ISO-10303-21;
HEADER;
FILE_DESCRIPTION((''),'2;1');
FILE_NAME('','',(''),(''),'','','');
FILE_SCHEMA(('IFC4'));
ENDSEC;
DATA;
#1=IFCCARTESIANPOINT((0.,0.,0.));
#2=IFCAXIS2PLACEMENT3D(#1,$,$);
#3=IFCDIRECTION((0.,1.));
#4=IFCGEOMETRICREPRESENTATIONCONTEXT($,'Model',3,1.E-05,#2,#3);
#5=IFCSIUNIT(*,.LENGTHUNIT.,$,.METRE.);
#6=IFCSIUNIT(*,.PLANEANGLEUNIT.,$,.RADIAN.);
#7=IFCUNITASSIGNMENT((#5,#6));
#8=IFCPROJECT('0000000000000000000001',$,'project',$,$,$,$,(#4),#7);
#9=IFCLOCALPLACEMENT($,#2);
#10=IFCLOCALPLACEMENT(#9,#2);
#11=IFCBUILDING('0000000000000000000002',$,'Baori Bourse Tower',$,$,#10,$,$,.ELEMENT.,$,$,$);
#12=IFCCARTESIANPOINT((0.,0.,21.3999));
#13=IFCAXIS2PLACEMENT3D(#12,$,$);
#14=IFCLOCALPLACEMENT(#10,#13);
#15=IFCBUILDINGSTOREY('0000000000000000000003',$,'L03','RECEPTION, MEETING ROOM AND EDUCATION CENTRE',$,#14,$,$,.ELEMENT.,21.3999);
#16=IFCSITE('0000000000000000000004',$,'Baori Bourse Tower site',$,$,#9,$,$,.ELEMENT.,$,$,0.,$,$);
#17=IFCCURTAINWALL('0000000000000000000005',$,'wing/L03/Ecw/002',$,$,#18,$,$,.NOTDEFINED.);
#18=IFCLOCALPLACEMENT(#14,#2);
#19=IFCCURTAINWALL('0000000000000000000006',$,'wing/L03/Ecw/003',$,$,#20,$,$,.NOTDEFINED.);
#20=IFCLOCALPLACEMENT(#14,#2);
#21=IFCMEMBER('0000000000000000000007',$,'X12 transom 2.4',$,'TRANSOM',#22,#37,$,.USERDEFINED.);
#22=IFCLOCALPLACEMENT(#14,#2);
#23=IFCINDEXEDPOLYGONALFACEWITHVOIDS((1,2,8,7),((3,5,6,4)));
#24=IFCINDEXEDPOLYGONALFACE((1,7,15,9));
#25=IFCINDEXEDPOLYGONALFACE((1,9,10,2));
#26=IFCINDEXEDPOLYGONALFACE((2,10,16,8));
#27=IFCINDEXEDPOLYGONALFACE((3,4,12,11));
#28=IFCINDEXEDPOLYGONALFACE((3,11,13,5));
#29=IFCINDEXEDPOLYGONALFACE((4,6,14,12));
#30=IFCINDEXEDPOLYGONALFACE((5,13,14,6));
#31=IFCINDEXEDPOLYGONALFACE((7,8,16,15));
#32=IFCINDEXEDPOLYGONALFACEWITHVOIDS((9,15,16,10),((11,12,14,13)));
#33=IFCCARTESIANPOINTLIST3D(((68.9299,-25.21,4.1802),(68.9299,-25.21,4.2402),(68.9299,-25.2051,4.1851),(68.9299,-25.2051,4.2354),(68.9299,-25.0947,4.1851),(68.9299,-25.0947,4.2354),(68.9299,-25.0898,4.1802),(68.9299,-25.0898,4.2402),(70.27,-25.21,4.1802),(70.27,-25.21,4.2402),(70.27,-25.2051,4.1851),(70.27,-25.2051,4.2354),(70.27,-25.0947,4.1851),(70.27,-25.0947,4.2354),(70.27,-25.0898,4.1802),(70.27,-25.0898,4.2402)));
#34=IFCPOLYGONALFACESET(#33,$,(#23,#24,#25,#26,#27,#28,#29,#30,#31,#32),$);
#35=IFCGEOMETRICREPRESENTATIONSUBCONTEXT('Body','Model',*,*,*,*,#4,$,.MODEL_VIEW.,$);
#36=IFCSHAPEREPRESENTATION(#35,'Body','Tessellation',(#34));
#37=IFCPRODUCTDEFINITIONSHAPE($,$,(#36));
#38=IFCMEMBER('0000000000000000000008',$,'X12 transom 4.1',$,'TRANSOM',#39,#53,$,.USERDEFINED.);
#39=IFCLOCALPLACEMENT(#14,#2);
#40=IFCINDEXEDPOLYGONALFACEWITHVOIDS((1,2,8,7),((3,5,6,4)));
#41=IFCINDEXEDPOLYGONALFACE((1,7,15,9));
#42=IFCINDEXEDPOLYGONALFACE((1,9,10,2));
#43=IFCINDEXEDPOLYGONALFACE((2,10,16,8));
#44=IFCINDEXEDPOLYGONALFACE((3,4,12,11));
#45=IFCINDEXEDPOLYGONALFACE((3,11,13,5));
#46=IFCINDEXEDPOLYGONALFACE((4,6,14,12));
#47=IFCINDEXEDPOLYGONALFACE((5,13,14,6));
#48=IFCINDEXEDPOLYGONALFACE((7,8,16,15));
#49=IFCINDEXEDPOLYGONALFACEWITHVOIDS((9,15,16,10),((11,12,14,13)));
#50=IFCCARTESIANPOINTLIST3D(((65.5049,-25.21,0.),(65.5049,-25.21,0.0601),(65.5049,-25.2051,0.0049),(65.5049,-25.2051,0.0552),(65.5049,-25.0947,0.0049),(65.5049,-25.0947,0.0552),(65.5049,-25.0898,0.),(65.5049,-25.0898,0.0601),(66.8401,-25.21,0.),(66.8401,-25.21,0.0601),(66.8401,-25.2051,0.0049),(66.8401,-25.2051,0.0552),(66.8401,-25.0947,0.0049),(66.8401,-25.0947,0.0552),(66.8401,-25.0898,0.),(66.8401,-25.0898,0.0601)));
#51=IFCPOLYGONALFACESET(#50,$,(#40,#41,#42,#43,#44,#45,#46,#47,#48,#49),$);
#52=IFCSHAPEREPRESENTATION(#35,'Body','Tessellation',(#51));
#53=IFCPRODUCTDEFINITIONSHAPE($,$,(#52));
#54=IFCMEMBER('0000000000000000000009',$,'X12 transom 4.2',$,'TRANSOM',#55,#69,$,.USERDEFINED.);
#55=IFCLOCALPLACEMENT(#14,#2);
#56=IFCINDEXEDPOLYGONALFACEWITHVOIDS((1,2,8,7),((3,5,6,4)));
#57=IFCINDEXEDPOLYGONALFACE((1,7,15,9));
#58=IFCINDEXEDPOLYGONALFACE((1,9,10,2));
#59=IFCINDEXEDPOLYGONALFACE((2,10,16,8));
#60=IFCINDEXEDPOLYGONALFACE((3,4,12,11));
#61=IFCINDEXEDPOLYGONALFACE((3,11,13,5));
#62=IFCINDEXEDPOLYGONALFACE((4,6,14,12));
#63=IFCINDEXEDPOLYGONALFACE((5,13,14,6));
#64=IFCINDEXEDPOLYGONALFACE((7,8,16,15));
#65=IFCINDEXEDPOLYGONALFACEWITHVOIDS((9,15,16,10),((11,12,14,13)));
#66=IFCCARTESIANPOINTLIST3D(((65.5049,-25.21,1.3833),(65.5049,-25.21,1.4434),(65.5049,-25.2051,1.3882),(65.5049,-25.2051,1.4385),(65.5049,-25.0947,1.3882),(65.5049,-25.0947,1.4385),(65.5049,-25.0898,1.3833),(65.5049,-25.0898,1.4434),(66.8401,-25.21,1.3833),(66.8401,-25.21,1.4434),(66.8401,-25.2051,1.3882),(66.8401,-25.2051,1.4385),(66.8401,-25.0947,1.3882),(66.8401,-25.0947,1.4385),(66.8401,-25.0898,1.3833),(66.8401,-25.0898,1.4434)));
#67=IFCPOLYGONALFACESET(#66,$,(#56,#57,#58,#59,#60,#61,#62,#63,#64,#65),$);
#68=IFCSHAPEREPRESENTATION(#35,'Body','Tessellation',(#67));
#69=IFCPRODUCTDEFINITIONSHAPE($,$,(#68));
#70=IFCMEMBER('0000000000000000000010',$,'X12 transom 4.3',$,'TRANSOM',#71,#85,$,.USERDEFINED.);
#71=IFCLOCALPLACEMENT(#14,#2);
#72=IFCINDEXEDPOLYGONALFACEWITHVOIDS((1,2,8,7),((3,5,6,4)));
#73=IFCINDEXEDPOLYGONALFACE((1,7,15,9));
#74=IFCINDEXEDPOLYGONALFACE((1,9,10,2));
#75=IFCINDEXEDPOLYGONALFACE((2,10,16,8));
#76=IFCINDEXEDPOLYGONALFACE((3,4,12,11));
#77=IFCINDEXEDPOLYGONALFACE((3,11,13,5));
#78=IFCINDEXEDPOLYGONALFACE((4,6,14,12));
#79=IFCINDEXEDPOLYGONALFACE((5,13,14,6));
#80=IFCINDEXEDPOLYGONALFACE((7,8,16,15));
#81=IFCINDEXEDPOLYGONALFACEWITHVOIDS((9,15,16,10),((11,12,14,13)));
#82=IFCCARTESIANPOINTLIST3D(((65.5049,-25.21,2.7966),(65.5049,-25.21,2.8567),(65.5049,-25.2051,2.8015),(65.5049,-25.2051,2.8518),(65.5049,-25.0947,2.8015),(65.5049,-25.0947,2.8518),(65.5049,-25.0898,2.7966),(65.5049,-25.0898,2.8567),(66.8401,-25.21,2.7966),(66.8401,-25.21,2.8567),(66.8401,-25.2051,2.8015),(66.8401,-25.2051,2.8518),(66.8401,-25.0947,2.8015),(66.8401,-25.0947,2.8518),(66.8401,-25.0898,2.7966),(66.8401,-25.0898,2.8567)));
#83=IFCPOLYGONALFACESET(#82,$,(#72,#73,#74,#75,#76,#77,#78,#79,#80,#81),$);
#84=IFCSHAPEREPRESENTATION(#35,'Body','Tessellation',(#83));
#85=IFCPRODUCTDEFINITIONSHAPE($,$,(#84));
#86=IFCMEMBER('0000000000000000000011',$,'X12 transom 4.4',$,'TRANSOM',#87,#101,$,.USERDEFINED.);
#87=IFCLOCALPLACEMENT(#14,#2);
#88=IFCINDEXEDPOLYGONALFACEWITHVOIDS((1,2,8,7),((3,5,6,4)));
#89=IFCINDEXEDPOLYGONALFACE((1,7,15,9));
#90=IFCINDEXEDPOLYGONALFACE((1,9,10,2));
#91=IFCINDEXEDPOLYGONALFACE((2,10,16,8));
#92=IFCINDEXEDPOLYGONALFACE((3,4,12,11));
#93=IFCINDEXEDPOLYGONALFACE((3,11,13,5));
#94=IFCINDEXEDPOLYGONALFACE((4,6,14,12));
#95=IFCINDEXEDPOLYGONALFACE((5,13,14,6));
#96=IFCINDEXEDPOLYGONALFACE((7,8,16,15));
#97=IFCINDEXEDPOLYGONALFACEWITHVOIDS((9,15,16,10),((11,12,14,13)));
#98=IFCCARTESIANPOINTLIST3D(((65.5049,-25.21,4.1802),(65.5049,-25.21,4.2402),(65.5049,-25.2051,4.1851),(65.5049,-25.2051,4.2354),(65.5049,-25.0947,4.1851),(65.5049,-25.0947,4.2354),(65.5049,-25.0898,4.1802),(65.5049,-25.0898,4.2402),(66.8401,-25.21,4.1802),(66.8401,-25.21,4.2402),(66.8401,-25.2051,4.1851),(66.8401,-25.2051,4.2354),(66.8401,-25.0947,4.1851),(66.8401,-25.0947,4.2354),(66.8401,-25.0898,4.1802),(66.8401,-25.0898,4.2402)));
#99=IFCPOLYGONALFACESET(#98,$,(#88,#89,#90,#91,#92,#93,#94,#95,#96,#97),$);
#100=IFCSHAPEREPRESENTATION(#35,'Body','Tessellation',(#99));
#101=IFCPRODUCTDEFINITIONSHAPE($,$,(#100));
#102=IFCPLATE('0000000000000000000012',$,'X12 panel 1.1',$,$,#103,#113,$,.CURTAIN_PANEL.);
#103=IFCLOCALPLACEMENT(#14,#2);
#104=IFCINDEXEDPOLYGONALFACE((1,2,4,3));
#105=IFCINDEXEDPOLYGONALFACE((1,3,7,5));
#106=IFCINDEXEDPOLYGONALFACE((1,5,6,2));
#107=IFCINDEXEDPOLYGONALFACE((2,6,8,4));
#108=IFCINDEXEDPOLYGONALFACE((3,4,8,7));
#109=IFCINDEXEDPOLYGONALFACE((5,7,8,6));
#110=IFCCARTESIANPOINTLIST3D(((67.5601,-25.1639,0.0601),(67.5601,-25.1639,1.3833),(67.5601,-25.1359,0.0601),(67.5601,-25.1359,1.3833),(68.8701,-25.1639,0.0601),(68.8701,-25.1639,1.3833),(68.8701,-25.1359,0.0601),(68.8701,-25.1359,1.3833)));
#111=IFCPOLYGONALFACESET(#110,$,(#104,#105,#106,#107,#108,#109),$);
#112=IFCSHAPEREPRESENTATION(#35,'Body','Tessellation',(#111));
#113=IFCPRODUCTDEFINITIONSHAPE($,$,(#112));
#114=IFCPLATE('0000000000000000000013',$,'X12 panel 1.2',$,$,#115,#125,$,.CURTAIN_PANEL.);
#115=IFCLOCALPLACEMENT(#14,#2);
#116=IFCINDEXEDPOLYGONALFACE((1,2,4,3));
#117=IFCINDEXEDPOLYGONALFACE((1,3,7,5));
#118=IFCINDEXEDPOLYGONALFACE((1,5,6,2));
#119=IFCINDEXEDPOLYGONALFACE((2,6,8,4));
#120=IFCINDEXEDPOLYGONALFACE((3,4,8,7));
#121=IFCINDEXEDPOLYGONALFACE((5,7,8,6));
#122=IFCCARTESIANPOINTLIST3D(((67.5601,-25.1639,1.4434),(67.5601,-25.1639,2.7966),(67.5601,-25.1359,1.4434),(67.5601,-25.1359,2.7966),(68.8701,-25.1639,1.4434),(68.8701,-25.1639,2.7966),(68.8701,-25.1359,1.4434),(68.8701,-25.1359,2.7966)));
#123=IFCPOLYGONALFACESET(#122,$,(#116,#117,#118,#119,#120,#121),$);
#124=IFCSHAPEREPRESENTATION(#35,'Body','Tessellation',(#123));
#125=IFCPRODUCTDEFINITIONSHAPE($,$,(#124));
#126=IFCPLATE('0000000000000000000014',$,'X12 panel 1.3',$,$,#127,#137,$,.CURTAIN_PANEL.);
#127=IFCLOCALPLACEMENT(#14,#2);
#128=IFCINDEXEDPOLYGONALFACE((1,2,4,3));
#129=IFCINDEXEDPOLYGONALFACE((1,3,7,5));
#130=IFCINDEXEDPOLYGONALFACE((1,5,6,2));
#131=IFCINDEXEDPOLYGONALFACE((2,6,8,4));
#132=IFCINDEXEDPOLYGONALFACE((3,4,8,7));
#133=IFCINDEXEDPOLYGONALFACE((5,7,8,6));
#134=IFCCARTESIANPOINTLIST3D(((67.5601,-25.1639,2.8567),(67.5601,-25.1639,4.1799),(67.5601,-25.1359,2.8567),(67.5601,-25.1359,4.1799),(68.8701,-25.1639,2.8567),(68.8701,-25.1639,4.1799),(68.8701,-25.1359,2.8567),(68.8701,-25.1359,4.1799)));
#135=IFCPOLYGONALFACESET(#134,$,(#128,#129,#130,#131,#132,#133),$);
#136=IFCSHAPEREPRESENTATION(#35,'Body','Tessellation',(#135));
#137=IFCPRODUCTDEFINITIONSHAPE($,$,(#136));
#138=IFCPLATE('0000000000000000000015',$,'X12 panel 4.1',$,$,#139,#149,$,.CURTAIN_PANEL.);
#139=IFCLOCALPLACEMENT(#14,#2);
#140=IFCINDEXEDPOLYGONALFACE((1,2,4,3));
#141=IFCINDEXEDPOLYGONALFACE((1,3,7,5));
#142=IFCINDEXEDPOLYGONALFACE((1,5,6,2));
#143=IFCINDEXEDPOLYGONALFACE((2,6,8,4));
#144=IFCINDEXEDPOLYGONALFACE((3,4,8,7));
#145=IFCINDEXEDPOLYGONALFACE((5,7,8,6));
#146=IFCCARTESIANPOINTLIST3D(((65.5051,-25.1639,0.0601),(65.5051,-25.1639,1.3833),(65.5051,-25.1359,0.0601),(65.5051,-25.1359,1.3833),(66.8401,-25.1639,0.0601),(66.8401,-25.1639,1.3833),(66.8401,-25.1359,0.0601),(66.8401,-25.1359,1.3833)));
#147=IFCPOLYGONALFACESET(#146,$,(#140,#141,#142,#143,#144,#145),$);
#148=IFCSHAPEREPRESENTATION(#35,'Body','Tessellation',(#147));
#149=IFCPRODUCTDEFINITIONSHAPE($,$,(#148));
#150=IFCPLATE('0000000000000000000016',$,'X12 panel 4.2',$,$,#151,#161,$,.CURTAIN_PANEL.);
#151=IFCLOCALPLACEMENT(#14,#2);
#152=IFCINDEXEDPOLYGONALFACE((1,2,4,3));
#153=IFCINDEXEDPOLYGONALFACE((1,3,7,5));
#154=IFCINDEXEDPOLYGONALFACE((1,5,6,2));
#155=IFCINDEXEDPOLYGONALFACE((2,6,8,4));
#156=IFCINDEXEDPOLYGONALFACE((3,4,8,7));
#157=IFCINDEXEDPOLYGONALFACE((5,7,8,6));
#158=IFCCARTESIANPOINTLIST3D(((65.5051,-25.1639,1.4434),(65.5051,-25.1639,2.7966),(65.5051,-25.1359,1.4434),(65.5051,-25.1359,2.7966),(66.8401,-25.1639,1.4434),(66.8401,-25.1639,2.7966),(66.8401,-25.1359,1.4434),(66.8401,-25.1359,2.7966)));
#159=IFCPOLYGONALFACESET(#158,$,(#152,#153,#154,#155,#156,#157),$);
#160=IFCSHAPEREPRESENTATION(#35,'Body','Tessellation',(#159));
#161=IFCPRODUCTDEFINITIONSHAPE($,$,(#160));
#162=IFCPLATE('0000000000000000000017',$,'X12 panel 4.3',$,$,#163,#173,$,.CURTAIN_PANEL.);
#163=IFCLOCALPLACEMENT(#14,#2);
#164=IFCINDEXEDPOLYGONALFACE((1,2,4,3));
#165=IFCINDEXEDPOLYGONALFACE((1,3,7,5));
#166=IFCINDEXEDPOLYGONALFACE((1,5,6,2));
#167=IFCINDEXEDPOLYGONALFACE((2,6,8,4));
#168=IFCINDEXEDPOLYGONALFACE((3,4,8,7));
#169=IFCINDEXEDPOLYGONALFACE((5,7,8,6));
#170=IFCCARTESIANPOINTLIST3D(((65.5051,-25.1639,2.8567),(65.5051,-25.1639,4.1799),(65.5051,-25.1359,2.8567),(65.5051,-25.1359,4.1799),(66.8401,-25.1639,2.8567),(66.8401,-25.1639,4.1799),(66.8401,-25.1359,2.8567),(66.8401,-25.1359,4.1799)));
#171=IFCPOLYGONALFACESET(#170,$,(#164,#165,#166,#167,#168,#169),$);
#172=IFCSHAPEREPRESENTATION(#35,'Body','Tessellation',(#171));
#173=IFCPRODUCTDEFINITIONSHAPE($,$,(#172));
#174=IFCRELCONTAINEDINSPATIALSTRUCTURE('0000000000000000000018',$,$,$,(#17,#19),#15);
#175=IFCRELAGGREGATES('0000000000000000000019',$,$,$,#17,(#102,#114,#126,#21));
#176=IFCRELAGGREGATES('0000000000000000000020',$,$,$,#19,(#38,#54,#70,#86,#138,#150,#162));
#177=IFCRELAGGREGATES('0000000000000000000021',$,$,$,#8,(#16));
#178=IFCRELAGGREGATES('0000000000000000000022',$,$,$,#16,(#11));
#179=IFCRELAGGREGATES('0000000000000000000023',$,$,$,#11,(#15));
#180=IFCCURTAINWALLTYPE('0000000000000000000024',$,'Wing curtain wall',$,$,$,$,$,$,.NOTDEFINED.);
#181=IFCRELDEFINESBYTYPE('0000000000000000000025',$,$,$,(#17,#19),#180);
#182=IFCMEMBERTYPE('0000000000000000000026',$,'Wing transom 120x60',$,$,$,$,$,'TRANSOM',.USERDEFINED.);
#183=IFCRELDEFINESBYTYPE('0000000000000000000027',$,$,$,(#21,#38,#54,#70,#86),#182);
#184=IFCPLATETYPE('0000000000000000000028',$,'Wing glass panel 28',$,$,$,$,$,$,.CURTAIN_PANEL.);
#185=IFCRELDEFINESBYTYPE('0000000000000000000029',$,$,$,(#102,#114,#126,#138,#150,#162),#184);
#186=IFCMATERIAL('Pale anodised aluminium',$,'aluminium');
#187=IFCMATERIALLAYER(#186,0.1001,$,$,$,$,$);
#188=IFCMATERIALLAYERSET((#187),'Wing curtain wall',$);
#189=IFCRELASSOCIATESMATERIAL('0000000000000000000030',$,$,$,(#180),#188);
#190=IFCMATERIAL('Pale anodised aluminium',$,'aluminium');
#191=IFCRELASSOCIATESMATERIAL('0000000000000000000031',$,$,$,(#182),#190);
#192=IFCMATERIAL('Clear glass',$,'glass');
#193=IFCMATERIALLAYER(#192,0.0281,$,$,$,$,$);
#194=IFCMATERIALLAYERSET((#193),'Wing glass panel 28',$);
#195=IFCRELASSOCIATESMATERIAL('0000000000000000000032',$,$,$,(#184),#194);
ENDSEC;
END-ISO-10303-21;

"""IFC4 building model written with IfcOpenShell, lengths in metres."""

from ifc_helpers import new_model, si_unit, direction, frame, origin, origin_2d, place, context, subcontext, project, spatial, rectangle, hollow_rectangle, extrude, material, layer, layer_set, material_profile, profile_set, type_object, element, aggregate, save


model = new_model("IFC4")

# Units and contexts
model_context = context("Model", 3, precision=1e-05, world=origin(), true_north=direction((0.0, 1.0)))
body_context = subcontext(model_context, "Body", "Model", "MODEL_VIEW")
ifc_project = project(units=[si_unit("LENGTHUNIT", "METRE"), si_unit("PLANEANGLEUNIT", "RADIAN")], contexts=[model_context])

# Site, building, storey
site_placement = place(None, origin())
site = spatial("IfcSite", under=ifc_project, at=site_placement, Name="Baori Bourse Tower site", CompositionType="ELEMENT", RefElevation=0.0)
building_placement = place(site_placement, origin())
building = spatial("IfcBuilding", under=site, at=building_placement, Name="Baori Bourse Tower", CompositionType="ELEMENT")
storey_placement = place(building_placement, frame((0.0, 0.0, 21.3999)))
storey = spatial("IfcBuildingStorey", under=building, at=storey_placement, Name="L03", Description="RECEPTION, MEETING ROOM AND EDUCATION CENTRE", CompositionType="ELEMENT", Elevation=21.3999)

# Curtain walls
ifc_material_1 = material(Name="Pale anodised aluminium", Category="aluminium")
ifc_layer_1 = layer(ifc_material_1, 0.1001)
ifc_layer_set_1 = layer_set([ifc_layer_1], Name="Wing curtain wall")
curtain_wall_type = type_object("IfcCurtainWallType", Name="Wing curtain wall", PredefinedType="NOTDEFINED", material=ifc_layer_set_1)
curtain_wall_1_placement = place(storey_placement, origin())
curtain_wall_1 = element("IfcCurtainWall", 1, at=curtain_wall_1_placement, inside=storey, type_object=curtain_wall_type, Name="wing/L03/Ecw/002", PredefinedType="NOTDEFINED")
curtain_wall_2_placement = place(storey_placement, origin())
curtain_wall_2 = element("IfcCurtainWall", 2, at=curtain_wall_2_placement, inside=storey, type_object=curtain_wall_type, Name="wing/L03/Ecw/003", PredefinedType="NOTDEFINED")

# Members
ifc_material_2 = material(Name="Pale anodised aluminium", Category="aluminium")
ifc_material_profile_1 = material_profile(ifc_material_2, hollow_rectangle(XDim=0.1201, YDim=0.0601, WallThickness=0.0049, at=origin_2d()), Name="Transom 120x60x5")
ifc_profile_set_1 = profile_set([ifc_material_profile_1], Name="Pale anodised aluminium")
member_type_1 = type_object("IfcMemberType", Name="Wing transom 120x60", ElementType="TRANSOM", PredefinedType="USERDEFINED", material=ifc_profile_set_1)
member_1_placement = place(storey_placement, frame((68.9299, -25.1499, 4.2102), z_axis=(1.0, 0.0, 0.0), x_axis=(0.0, 1.0, 0.0)))
member_1 = element("IfcMember", 3, at=member_1_placement, type_object=member_type_1, Name="X12 transom 2.4", ObjectType="TRANSOM", PredefinedType="USERDEFINED", context=body_context, shape_type="SweptSolid", body=[
    extrude(hollow_rectangle(XDim=0.1201, YDim=0.0601, WallThickness=0.0049, at=origin_2d()), origin(), (0.0, 0.0, 1.0), 1.3401),
])
member_2_placement = place(storey_placement, frame((65.5049, -25.1499, 0.03), z_axis=(1.0, 0.0, 0.0), x_axis=(0.0, 1.0, 0.0)))
member_2 = element("IfcMember", 4, at=member_2_placement, type_object=member_type_1, Name="X12 transom 4.1", ObjectType="TRANSOM", PredefinedType="USERDEFINED", context=body_context, shape_type="SweptSolid", body=[
    extrude(hollow_rectangle(XDim=0.1201, YDim=0.0601, WallThickness=0.0049, at=origin_2d()), origin(), (0.0, 0.0, 1.0), 1.3352),
])
member_3_placement = place(storey_placement, frame((65.5049, -25.1499, 1.4133), z_axis=(1.0, 0.0, 0.0), x_axis=(0.0, 1.0, 0.0)))
member_3 = element("IfcMember", 5, at=member_3_placement, type_object=member_type_1, Name="X12 transom 4.2", ObjectType="TRANSOM", PredefinedType="USERDEFINED", context=body_context, shape_type="SweptSolid", body=[
    extrude(hollow_rectangle(XDim=0.1201, YDim=0.0601, WallThickness=0.0049, at=origin_2d()), origin(), (0.0, 0.0, 1.0), 1.3352),
])
member_4_placement = place(storey_placement, frame((65.5049, -25.1499, 2.8267), z_axis=(1.0, 0.0, 0.0), x_axis=(0.0, 1.0, 0.0)))
member_4 = element("IfcMember", 6, at=member_4_placement, type_object=member_type_1, Name="X12 transom 4.3", ObjectType="TRANSOM", PredefinedType="USERDEFINED", context=body_context, shape_type="SweptSolid", body=[
    extrude(hollow_rectangle(XDim=0.1201, YDim=0.0601, WallThickness=0.0049, at=origin_2d()), origin(), (0.0, 0.0, 1.0), 1.3352),
])
member_5_placement = place(storey_placement, frame((65.5049, -25.1499, 4.2102), z_axis=(1.0, 0.0, 0.0), x_axis=(0.0, 1.0, 0.0)))
member_5 = element("IfcMember", 7, at=member_5_placement, type_object=member_type_1, Name="X12 transom 4.4", ObjectType="TRANSOM", PredefinedType="USERDEFINED", context=body_context, shape_type="SweptSolid", body=[
    extrude(hollow_rectangle(XDim=0.1201, YDim=0.0601, WallThickness=0.0049, at=origin_2d()), origin(), (0.0, 0.0, 1.0), 1.3352),
])

# Plates
ifc_material_3 = material(Name="Clear glass", Category="glass")
ifc_layer_2 = layer(ifc_material_3, 0.0281)
ifc_layer_set_2 = layer_set([ifc_layer_2], Name="Wing glass panel 28")
plate_type = type_object("IfcPlateType", Name="Wing glass panel 28", PredefinedType="CURTAIN_PANEL", material=ifc_layer_set_2)
plate_1_placement = place(storey_placement, frame((68.2151, -25.1499, 0.0601), z_axis=(0.0, 0.0, 1.0), x_axis=(1.0, 0.0, 0.0)))
plate_1 = element("IfcPlate", 8, at=plate_1_placement, type_object=plate_type, Name="X12 panel 1.1", PredefinedType="CURTAIN_PANEL", context=body_context, shape_type="SweptSolid", body=[
    extrude(rectangle(XDim=1.3101, YDim=0.0281, at=origin_2d()), origin(), (0.0, 0.0, 1.0), 1.3232),
])
plate_2_placement = place(storey_placement, frame((68.2151, -25.1499, 1.4434), z_axis=(0.0, 0.0, 1.0), x_axis=(1.0, 0.0, 0.0)))
plate_2 = element("IfcPlate", 9, at=plate_2_placement, type_object=plate_type, Name="X12 panel 1.2", PredefinedType="CURTAIN_PANEL", context=body_context, shape_type="SweptSolid", body=[
    extrude(rectangle(XDim=1.3101, YDim=0.0281, at=origin_2d()), origin(), (0.0, 0.0, 1.0), 1.3533),
])
plate_3_placement = place(storey_placement, frame((68.2151, -25.1499, 2.8567), z_axis=(0.0, 0.0, 1.0), x_axis=(1.0, 0.0, 0.0)))
plate_3 = element("IfcPlate", 10, at=plate_3_placement, type_object=plate_type, Name="X12 panel 1.3", PredefinedType="CURTAIN_PANEL", context=body_context, shape_type="SweptSolid", body=[
    extrude(rectangle(XDim=1.3101, YDim=0.0281, at=origin_2d()), origin(), (0.0, 0.0, 1.0), 1.3232),
])
aggregate(curtain_wall_1, [plate_1, plate_2, plate_3, member_1])
plate_4_placement = place(storey_placement, frame((66.1726, -25.1499, 0.0601), z_axis=(0.0, 0.0, 1.0), x_axis=(1.0, 0.0, 0.0)))
plate_4 = element("IfcPlate", 11, at=plate_4_placement, type_object=plate_type, Name="X12 panel 4.1", PredefinedType="CURTAIN_PANEL", context=body_context, shape_type="SweptSolid", body=[
    extrude(rectangle(XDim=1.335, YDim=0.0281, at=origin_2d()), origin(), (0.0, 0.0, 1.0), 1.3232),
])
plate_5_placement = place(storey_placement, frame((66.1726, -25.1499, 1.4434), z_axis=(0.0, 0.0, 1.0), x_axis=(1.0, 0.0, 0.0)))
plate_5 = element("IfcPlate", 12, at=plate_5_placement, type_object=plate_type, Name="X12 panel 4.2", PredefinedType="CURTAIN_PANEL", context=body_context, shape_type="SweptSolid", body=[
    extrude(rectangle(XDim=1.335, YDim=0.0281, at=origin_2d()), origin(), (0.0, 0.0, 1.0), 1.3533),
])
plate_6_placement = place(storey_placement, frame((66.1726, -25.1499, 2.8567), z_axis=(0.0, 0.0, 1.0), x_axis=(1.0, 0.0, 0.0)))
plate_6 = element("IfcPlate", 13, at=plate_6_placement, type_object=plate_type, Name="X12 panel 4.3", PredefinedType="CURTAIN_PANEL", context=body_context, shape_type="SweptSolid", body=[
    extrude(rectangle(XDim=1.335, YDim=0.0281, at=origin_2d()), origin(), (0.0, 0.0, 1.0), 1.3232),
])
aggregate(curtain_wall_2, [member_2, member_3, member_4, member_5, plate_4, plate_5, plate_6])

save(model, "model.ifc")
